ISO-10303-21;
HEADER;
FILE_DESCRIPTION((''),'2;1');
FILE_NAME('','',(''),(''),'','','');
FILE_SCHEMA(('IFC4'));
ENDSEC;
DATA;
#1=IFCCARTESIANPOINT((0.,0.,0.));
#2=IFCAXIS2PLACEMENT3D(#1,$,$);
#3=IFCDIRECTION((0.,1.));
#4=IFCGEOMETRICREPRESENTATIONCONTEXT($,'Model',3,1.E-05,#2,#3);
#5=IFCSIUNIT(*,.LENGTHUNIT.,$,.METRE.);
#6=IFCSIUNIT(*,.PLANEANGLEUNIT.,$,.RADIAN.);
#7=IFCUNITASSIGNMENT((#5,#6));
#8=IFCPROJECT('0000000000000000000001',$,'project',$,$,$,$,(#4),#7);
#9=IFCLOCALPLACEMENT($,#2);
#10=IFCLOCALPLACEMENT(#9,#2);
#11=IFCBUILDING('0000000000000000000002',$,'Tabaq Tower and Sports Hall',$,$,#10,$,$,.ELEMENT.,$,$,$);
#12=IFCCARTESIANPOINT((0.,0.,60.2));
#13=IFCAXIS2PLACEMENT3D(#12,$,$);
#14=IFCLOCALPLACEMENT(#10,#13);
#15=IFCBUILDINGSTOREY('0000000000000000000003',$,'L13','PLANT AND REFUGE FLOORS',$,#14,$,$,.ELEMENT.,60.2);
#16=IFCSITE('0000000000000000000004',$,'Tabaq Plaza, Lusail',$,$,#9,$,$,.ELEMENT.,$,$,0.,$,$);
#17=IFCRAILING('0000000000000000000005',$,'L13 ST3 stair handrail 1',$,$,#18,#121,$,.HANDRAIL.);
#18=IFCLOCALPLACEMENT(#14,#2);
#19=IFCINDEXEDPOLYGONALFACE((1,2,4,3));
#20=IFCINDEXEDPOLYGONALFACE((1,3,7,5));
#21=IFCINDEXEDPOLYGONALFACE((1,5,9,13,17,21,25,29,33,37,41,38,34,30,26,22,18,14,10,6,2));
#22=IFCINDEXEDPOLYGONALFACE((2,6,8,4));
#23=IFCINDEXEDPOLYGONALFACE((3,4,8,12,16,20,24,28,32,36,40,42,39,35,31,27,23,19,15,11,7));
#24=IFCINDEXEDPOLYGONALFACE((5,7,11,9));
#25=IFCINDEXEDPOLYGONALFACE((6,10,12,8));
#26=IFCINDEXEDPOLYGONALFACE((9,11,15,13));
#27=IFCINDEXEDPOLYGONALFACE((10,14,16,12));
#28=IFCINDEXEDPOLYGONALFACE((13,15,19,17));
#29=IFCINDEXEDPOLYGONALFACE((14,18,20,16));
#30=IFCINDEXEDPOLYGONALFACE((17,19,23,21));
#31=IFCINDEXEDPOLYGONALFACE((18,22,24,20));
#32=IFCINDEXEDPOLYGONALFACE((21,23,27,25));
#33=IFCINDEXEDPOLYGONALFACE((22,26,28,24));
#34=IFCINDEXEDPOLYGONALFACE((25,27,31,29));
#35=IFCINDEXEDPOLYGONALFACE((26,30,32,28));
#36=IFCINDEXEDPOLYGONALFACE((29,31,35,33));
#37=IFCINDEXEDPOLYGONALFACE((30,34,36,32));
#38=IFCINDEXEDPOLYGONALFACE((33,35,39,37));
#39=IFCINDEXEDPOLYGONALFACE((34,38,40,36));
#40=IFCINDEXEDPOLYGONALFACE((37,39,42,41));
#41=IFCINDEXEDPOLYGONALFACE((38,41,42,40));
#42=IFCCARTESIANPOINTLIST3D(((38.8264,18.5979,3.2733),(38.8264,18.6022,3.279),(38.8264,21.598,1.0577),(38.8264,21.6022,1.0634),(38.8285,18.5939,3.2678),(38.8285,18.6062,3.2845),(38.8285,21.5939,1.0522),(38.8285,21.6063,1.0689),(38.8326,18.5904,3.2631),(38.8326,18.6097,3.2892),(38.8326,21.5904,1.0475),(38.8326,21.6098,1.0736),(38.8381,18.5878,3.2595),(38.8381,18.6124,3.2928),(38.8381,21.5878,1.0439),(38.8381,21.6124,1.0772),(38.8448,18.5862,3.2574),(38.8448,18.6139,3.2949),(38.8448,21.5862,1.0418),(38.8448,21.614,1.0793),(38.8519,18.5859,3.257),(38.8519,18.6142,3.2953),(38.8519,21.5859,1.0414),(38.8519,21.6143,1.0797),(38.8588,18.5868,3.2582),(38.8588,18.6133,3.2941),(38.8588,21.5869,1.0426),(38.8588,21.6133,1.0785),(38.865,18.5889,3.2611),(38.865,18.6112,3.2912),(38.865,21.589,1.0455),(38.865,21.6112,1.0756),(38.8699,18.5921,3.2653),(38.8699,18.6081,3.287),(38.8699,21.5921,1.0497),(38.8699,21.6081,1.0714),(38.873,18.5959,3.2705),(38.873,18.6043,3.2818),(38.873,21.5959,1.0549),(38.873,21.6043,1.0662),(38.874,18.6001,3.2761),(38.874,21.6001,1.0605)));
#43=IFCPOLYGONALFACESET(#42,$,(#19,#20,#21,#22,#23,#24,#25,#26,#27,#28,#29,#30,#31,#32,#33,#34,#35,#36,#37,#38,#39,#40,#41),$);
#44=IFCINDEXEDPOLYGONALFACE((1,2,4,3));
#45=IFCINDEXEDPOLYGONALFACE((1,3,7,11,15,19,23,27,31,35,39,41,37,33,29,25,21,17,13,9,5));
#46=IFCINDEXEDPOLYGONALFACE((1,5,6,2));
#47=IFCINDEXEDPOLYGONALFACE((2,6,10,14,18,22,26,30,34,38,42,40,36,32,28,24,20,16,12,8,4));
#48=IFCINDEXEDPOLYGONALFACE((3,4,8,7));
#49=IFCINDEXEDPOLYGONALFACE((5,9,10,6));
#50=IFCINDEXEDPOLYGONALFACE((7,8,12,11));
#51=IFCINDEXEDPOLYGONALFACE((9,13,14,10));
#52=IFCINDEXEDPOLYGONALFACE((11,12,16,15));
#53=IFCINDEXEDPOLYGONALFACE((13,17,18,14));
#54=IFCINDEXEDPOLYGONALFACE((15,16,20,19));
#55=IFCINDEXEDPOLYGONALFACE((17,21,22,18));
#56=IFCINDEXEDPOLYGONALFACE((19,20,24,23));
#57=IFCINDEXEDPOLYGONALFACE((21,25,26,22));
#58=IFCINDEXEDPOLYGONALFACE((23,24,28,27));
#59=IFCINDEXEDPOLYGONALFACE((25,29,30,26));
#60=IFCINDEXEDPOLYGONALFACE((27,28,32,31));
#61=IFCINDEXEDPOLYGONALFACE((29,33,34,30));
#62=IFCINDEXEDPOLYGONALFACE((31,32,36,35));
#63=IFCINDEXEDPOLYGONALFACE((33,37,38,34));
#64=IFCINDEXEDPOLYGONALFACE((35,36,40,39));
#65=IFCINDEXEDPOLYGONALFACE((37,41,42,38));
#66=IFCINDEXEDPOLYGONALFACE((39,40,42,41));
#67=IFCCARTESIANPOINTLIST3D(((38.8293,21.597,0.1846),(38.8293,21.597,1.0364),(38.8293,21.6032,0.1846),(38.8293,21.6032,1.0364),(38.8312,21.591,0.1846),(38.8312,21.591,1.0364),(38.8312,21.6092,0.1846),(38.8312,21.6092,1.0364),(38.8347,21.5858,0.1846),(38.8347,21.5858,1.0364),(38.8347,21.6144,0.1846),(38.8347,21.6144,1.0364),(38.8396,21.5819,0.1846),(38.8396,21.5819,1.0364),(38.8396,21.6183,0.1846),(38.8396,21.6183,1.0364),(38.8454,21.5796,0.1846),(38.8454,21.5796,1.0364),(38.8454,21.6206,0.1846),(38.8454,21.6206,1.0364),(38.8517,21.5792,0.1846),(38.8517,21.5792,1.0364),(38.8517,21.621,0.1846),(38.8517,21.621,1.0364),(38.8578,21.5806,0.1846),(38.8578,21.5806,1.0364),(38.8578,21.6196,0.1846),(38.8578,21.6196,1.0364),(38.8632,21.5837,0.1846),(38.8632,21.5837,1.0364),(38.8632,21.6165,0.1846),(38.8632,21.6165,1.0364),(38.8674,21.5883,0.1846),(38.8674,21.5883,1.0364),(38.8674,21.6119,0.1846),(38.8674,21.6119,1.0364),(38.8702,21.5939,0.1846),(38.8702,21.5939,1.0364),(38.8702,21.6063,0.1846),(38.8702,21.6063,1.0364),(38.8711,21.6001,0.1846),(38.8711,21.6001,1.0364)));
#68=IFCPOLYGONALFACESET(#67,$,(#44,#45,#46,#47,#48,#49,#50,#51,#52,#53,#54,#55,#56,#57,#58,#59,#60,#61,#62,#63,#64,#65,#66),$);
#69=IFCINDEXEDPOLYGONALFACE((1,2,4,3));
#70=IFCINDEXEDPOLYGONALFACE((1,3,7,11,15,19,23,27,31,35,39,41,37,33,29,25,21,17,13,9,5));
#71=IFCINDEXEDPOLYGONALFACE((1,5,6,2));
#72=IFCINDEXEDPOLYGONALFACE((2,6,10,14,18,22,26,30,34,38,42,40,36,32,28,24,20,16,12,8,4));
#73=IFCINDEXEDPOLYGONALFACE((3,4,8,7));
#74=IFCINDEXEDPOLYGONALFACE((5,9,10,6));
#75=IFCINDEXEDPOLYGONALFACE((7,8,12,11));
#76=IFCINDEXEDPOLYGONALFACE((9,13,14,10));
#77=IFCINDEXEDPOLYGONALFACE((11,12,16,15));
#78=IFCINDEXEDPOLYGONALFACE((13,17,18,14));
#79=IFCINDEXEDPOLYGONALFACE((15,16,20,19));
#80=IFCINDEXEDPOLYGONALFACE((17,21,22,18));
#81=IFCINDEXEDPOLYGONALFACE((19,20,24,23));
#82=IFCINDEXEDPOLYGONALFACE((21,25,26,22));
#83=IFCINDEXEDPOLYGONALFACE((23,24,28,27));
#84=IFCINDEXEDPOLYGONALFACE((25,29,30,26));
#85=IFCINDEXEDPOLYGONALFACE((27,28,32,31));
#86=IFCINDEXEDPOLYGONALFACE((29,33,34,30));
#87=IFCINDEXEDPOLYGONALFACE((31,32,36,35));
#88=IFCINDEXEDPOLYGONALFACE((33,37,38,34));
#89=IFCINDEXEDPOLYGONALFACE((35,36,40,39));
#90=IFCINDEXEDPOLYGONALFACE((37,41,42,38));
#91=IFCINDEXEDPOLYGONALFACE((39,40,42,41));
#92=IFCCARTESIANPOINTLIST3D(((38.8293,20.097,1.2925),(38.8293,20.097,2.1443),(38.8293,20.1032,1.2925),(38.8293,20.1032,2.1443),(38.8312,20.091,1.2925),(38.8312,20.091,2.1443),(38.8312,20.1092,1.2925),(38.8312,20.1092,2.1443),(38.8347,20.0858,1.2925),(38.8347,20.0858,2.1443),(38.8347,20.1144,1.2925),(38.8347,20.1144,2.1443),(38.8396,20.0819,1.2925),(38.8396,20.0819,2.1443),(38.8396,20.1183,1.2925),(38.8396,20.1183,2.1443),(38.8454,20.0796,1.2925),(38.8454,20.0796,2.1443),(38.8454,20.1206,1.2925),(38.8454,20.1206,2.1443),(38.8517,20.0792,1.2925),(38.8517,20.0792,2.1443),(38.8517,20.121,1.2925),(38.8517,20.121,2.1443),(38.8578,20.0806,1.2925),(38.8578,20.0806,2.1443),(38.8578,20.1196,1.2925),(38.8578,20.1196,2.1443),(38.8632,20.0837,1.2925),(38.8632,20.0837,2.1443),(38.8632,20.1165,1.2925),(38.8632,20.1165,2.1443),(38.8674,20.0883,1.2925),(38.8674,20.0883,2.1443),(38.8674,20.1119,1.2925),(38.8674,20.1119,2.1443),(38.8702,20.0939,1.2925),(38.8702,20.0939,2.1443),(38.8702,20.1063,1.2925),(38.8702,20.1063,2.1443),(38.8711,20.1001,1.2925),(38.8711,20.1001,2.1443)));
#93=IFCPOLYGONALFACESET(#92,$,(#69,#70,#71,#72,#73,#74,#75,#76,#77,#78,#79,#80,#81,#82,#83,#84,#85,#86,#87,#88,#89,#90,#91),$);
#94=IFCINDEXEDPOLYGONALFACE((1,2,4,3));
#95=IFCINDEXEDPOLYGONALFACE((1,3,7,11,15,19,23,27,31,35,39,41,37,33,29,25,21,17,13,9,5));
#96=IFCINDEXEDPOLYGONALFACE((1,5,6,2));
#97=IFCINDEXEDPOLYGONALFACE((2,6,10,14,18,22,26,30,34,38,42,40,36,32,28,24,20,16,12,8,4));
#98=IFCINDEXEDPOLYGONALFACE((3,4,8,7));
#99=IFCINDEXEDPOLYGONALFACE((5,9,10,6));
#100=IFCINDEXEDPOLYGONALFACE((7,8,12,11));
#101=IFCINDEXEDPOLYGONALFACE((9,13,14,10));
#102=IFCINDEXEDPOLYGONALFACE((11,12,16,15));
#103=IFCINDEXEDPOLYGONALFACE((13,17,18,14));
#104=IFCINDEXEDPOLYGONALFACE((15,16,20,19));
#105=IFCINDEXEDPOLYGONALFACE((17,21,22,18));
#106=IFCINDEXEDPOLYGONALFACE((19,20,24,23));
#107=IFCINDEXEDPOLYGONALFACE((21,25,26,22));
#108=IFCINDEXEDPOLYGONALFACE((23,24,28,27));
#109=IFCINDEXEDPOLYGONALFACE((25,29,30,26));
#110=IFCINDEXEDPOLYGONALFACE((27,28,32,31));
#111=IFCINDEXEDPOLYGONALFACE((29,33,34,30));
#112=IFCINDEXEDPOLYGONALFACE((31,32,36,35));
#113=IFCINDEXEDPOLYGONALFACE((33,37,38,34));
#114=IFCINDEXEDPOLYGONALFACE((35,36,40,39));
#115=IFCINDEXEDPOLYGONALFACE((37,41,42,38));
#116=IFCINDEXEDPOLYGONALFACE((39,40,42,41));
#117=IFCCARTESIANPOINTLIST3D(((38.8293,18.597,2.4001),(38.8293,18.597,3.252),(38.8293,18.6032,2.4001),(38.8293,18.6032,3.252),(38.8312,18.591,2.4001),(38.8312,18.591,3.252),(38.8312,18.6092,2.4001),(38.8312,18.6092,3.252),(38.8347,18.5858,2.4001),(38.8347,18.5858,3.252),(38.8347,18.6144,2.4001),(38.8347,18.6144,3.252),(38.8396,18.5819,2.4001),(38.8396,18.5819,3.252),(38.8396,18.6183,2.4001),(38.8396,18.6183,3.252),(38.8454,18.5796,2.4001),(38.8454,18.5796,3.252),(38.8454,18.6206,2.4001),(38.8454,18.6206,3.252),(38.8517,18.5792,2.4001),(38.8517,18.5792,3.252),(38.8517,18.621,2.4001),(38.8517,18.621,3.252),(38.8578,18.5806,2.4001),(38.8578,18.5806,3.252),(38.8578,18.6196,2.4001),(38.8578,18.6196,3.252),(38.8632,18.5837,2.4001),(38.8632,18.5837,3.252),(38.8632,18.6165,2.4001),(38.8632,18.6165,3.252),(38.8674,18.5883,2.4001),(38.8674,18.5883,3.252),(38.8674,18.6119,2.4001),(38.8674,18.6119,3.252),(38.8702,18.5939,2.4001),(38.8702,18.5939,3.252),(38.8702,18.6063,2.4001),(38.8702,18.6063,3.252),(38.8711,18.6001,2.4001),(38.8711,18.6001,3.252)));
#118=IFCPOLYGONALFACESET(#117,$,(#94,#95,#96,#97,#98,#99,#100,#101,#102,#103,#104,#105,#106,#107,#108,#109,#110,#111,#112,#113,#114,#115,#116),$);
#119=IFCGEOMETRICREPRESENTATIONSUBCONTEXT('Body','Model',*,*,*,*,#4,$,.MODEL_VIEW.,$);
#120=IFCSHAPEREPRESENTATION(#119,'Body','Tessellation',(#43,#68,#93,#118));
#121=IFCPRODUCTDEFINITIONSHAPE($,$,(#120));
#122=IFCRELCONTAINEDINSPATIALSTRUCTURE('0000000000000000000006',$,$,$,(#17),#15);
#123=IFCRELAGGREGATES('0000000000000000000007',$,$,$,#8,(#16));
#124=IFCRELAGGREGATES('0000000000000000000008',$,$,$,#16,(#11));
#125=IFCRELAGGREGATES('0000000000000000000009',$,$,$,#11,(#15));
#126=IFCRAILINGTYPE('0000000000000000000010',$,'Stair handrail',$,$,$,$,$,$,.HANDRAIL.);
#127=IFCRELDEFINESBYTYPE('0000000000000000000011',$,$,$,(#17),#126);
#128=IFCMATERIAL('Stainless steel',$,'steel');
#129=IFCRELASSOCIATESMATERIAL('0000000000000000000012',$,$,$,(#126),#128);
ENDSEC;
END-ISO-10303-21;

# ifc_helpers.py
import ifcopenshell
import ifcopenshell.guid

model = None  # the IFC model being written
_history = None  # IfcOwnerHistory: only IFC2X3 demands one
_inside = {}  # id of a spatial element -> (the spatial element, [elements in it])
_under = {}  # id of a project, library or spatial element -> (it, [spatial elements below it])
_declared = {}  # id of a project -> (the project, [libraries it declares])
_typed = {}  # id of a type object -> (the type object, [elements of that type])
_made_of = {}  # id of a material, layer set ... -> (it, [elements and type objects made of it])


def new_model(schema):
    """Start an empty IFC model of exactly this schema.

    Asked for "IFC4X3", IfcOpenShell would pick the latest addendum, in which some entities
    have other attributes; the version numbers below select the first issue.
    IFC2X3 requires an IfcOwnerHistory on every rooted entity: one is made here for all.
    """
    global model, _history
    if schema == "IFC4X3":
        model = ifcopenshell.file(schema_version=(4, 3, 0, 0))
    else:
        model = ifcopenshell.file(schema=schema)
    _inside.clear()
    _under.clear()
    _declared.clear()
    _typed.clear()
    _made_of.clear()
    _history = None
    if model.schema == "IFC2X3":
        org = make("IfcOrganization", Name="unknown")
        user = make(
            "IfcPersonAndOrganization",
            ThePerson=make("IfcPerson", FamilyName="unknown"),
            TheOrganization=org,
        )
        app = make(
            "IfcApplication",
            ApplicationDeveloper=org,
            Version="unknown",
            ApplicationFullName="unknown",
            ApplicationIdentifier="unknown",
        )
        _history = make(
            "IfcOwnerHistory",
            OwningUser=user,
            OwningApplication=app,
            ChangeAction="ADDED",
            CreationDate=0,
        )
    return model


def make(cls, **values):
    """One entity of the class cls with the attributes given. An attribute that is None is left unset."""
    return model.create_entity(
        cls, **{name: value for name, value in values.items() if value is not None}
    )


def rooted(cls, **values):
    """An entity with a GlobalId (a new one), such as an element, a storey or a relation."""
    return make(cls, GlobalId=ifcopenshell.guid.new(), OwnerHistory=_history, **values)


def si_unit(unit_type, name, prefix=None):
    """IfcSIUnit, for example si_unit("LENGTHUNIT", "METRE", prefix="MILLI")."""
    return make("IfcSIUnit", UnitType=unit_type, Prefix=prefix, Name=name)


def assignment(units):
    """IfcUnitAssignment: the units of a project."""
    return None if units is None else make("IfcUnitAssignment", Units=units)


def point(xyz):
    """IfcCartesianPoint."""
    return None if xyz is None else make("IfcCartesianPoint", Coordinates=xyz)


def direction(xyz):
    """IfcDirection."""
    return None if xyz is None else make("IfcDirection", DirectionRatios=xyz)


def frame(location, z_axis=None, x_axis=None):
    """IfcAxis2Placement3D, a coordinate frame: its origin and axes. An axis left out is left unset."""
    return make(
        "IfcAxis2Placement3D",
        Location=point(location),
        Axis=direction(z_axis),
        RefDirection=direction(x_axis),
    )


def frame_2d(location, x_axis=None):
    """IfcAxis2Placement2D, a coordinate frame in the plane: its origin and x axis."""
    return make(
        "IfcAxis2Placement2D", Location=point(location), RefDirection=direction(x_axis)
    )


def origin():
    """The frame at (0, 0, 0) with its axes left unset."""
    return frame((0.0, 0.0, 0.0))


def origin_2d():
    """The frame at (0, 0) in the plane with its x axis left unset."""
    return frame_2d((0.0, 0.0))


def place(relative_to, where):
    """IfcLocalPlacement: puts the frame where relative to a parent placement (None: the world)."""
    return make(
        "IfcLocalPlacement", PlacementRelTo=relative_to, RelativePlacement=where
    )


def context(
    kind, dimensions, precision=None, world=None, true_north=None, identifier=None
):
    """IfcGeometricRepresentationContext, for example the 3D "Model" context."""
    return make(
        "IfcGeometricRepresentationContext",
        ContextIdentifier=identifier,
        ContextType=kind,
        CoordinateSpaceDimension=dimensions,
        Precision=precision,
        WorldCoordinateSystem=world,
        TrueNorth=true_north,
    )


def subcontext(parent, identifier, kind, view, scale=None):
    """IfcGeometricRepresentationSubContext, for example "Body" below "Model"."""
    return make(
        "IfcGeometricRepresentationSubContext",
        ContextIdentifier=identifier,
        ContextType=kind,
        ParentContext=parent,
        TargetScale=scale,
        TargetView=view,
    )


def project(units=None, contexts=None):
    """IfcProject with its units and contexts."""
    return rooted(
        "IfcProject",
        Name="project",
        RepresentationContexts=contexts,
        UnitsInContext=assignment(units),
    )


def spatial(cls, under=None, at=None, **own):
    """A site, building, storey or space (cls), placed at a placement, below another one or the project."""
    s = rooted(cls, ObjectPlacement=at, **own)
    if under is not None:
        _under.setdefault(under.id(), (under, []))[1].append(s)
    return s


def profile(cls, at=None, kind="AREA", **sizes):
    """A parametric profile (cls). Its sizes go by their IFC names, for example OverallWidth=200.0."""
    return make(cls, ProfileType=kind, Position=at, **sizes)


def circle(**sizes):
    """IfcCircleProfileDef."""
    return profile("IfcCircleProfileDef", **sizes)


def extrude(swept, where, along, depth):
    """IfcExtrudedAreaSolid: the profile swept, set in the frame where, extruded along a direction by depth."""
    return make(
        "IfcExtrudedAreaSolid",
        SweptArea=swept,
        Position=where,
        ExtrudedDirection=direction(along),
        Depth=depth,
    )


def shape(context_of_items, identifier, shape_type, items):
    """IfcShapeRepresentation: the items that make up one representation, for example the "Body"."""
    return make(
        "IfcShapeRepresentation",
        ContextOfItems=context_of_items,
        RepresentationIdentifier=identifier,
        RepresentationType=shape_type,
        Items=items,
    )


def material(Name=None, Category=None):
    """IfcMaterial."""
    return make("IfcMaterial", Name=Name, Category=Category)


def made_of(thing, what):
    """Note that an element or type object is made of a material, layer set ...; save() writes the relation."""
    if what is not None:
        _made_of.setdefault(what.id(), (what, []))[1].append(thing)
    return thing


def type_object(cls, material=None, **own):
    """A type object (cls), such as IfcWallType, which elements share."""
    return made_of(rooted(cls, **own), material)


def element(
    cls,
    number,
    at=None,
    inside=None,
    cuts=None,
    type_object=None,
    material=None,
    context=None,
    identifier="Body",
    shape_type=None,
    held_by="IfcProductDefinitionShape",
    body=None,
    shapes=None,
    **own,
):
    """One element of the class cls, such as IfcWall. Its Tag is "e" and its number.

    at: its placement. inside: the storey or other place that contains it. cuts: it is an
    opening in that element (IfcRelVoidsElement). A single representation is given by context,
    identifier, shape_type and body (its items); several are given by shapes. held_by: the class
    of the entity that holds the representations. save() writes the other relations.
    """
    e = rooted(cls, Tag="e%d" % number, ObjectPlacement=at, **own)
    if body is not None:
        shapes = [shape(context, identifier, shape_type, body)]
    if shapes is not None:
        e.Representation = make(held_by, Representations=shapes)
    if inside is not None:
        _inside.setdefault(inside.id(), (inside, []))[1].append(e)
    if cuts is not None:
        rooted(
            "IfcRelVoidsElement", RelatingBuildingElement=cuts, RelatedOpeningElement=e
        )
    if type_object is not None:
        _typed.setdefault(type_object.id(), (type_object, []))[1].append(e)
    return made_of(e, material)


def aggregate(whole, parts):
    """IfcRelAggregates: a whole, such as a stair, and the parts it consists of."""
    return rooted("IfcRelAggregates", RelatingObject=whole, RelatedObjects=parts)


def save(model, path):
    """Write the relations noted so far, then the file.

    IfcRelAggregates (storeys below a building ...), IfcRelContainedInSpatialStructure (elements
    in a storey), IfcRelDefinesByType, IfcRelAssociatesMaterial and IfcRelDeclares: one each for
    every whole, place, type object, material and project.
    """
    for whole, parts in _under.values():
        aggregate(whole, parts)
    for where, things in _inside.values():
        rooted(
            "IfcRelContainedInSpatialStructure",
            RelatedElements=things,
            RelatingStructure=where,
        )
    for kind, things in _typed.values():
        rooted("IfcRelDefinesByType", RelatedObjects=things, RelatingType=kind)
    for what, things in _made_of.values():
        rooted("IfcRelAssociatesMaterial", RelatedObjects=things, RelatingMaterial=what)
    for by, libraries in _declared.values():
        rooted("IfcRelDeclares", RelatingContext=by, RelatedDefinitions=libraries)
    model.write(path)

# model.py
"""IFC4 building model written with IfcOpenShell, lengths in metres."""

from ifc_helpers import new_model, si_unit, direction, frame, origin, origin_2d, place, context, subcontext, project, spatial, circle, extrude, material, type_object, element, save


model = new_model("IFC4")

# Units and contexts
model_context = context("Model", 3, precision=1e-05, world=origin(), true_north=direction((0.0, 1.0)))
body_context = subcontext(model_context, "Body", "Model", "MODEL_VIEW")
ifc_project = project(units=[si_unit("LENGTHUNIT", "METRE"), si_unit("PLANEANGLEUNIT", "RADIAN")], contexts=[model_context])

# Site, building, storey
site_placement = place(None, origin())
site = spatial("IfcSite", under=ifc_project, at=site_placement, Name="Tabaq Plaza, Lusail", CompositionType="ELEMENT", RefElevation=0.0)
building_placement = place(site_placement, origin())
building = spatial("IfcBuilding", under=site, at=building_placement, Name="Tabaq Tower and Sports Hall", CompositionType="ELEMENT")
storey_placement = place(building_placement, frame((0.0, 0.0, 60.2)))
storey = spatial("IfcBuildingStorey", under=building, at=storey_placement, Name="L13", Description="PLANT AND REFUGE FLOORS", CompositionType="ELEMENT", Elevation=60.2)

# Railing
ifc_material_1 = material(Name="Stainless steel", Category="steel")
railing_type_1 = type_object("IfcRailingType", Name="Stair handrail", PredefinedType="HANDRAIL", material=ifc_material_1)
railing_1_placement = place(storey_placement, frame((38.8501, 21.6001, 0.1846)))
element("IfcRailing", 1, at=railing_1_placement, inside=storey, type_object=railing_type_1, Name="L13 ST3 stair handrail 1", PredefinedType="HANDRAIL", context=body_context, shape_type="SweptSolid", body=[
    extrude(circle(Radius=0.0239, at=origin_2d()), frame((0.0, 0.0, 0.876), z_axis=(0.0, -0.804409, 0.594076), x_axis=(1.0, 0.0, 0.0)), (0.0, 0.0, 1.0), 3.7295),
    extrude(circle(Radius=0.021, at=origin_2d()), origin(), (0.0, 0.0, 1.0), 0.8518),
    extrude(circle(Radius=0.021, at=origin_2d()), frame((0.0, -1.5, 1.1079)), (0.0, 0.0, 1.0), 0.8518),
    extrude(circle(Radius=0.021, at=origin_2d()), frame((0.0, -3.0, 2.2156)), (0.0, 0.0, 1.0), 0.8518),
])

save(model, "model.ifc")
